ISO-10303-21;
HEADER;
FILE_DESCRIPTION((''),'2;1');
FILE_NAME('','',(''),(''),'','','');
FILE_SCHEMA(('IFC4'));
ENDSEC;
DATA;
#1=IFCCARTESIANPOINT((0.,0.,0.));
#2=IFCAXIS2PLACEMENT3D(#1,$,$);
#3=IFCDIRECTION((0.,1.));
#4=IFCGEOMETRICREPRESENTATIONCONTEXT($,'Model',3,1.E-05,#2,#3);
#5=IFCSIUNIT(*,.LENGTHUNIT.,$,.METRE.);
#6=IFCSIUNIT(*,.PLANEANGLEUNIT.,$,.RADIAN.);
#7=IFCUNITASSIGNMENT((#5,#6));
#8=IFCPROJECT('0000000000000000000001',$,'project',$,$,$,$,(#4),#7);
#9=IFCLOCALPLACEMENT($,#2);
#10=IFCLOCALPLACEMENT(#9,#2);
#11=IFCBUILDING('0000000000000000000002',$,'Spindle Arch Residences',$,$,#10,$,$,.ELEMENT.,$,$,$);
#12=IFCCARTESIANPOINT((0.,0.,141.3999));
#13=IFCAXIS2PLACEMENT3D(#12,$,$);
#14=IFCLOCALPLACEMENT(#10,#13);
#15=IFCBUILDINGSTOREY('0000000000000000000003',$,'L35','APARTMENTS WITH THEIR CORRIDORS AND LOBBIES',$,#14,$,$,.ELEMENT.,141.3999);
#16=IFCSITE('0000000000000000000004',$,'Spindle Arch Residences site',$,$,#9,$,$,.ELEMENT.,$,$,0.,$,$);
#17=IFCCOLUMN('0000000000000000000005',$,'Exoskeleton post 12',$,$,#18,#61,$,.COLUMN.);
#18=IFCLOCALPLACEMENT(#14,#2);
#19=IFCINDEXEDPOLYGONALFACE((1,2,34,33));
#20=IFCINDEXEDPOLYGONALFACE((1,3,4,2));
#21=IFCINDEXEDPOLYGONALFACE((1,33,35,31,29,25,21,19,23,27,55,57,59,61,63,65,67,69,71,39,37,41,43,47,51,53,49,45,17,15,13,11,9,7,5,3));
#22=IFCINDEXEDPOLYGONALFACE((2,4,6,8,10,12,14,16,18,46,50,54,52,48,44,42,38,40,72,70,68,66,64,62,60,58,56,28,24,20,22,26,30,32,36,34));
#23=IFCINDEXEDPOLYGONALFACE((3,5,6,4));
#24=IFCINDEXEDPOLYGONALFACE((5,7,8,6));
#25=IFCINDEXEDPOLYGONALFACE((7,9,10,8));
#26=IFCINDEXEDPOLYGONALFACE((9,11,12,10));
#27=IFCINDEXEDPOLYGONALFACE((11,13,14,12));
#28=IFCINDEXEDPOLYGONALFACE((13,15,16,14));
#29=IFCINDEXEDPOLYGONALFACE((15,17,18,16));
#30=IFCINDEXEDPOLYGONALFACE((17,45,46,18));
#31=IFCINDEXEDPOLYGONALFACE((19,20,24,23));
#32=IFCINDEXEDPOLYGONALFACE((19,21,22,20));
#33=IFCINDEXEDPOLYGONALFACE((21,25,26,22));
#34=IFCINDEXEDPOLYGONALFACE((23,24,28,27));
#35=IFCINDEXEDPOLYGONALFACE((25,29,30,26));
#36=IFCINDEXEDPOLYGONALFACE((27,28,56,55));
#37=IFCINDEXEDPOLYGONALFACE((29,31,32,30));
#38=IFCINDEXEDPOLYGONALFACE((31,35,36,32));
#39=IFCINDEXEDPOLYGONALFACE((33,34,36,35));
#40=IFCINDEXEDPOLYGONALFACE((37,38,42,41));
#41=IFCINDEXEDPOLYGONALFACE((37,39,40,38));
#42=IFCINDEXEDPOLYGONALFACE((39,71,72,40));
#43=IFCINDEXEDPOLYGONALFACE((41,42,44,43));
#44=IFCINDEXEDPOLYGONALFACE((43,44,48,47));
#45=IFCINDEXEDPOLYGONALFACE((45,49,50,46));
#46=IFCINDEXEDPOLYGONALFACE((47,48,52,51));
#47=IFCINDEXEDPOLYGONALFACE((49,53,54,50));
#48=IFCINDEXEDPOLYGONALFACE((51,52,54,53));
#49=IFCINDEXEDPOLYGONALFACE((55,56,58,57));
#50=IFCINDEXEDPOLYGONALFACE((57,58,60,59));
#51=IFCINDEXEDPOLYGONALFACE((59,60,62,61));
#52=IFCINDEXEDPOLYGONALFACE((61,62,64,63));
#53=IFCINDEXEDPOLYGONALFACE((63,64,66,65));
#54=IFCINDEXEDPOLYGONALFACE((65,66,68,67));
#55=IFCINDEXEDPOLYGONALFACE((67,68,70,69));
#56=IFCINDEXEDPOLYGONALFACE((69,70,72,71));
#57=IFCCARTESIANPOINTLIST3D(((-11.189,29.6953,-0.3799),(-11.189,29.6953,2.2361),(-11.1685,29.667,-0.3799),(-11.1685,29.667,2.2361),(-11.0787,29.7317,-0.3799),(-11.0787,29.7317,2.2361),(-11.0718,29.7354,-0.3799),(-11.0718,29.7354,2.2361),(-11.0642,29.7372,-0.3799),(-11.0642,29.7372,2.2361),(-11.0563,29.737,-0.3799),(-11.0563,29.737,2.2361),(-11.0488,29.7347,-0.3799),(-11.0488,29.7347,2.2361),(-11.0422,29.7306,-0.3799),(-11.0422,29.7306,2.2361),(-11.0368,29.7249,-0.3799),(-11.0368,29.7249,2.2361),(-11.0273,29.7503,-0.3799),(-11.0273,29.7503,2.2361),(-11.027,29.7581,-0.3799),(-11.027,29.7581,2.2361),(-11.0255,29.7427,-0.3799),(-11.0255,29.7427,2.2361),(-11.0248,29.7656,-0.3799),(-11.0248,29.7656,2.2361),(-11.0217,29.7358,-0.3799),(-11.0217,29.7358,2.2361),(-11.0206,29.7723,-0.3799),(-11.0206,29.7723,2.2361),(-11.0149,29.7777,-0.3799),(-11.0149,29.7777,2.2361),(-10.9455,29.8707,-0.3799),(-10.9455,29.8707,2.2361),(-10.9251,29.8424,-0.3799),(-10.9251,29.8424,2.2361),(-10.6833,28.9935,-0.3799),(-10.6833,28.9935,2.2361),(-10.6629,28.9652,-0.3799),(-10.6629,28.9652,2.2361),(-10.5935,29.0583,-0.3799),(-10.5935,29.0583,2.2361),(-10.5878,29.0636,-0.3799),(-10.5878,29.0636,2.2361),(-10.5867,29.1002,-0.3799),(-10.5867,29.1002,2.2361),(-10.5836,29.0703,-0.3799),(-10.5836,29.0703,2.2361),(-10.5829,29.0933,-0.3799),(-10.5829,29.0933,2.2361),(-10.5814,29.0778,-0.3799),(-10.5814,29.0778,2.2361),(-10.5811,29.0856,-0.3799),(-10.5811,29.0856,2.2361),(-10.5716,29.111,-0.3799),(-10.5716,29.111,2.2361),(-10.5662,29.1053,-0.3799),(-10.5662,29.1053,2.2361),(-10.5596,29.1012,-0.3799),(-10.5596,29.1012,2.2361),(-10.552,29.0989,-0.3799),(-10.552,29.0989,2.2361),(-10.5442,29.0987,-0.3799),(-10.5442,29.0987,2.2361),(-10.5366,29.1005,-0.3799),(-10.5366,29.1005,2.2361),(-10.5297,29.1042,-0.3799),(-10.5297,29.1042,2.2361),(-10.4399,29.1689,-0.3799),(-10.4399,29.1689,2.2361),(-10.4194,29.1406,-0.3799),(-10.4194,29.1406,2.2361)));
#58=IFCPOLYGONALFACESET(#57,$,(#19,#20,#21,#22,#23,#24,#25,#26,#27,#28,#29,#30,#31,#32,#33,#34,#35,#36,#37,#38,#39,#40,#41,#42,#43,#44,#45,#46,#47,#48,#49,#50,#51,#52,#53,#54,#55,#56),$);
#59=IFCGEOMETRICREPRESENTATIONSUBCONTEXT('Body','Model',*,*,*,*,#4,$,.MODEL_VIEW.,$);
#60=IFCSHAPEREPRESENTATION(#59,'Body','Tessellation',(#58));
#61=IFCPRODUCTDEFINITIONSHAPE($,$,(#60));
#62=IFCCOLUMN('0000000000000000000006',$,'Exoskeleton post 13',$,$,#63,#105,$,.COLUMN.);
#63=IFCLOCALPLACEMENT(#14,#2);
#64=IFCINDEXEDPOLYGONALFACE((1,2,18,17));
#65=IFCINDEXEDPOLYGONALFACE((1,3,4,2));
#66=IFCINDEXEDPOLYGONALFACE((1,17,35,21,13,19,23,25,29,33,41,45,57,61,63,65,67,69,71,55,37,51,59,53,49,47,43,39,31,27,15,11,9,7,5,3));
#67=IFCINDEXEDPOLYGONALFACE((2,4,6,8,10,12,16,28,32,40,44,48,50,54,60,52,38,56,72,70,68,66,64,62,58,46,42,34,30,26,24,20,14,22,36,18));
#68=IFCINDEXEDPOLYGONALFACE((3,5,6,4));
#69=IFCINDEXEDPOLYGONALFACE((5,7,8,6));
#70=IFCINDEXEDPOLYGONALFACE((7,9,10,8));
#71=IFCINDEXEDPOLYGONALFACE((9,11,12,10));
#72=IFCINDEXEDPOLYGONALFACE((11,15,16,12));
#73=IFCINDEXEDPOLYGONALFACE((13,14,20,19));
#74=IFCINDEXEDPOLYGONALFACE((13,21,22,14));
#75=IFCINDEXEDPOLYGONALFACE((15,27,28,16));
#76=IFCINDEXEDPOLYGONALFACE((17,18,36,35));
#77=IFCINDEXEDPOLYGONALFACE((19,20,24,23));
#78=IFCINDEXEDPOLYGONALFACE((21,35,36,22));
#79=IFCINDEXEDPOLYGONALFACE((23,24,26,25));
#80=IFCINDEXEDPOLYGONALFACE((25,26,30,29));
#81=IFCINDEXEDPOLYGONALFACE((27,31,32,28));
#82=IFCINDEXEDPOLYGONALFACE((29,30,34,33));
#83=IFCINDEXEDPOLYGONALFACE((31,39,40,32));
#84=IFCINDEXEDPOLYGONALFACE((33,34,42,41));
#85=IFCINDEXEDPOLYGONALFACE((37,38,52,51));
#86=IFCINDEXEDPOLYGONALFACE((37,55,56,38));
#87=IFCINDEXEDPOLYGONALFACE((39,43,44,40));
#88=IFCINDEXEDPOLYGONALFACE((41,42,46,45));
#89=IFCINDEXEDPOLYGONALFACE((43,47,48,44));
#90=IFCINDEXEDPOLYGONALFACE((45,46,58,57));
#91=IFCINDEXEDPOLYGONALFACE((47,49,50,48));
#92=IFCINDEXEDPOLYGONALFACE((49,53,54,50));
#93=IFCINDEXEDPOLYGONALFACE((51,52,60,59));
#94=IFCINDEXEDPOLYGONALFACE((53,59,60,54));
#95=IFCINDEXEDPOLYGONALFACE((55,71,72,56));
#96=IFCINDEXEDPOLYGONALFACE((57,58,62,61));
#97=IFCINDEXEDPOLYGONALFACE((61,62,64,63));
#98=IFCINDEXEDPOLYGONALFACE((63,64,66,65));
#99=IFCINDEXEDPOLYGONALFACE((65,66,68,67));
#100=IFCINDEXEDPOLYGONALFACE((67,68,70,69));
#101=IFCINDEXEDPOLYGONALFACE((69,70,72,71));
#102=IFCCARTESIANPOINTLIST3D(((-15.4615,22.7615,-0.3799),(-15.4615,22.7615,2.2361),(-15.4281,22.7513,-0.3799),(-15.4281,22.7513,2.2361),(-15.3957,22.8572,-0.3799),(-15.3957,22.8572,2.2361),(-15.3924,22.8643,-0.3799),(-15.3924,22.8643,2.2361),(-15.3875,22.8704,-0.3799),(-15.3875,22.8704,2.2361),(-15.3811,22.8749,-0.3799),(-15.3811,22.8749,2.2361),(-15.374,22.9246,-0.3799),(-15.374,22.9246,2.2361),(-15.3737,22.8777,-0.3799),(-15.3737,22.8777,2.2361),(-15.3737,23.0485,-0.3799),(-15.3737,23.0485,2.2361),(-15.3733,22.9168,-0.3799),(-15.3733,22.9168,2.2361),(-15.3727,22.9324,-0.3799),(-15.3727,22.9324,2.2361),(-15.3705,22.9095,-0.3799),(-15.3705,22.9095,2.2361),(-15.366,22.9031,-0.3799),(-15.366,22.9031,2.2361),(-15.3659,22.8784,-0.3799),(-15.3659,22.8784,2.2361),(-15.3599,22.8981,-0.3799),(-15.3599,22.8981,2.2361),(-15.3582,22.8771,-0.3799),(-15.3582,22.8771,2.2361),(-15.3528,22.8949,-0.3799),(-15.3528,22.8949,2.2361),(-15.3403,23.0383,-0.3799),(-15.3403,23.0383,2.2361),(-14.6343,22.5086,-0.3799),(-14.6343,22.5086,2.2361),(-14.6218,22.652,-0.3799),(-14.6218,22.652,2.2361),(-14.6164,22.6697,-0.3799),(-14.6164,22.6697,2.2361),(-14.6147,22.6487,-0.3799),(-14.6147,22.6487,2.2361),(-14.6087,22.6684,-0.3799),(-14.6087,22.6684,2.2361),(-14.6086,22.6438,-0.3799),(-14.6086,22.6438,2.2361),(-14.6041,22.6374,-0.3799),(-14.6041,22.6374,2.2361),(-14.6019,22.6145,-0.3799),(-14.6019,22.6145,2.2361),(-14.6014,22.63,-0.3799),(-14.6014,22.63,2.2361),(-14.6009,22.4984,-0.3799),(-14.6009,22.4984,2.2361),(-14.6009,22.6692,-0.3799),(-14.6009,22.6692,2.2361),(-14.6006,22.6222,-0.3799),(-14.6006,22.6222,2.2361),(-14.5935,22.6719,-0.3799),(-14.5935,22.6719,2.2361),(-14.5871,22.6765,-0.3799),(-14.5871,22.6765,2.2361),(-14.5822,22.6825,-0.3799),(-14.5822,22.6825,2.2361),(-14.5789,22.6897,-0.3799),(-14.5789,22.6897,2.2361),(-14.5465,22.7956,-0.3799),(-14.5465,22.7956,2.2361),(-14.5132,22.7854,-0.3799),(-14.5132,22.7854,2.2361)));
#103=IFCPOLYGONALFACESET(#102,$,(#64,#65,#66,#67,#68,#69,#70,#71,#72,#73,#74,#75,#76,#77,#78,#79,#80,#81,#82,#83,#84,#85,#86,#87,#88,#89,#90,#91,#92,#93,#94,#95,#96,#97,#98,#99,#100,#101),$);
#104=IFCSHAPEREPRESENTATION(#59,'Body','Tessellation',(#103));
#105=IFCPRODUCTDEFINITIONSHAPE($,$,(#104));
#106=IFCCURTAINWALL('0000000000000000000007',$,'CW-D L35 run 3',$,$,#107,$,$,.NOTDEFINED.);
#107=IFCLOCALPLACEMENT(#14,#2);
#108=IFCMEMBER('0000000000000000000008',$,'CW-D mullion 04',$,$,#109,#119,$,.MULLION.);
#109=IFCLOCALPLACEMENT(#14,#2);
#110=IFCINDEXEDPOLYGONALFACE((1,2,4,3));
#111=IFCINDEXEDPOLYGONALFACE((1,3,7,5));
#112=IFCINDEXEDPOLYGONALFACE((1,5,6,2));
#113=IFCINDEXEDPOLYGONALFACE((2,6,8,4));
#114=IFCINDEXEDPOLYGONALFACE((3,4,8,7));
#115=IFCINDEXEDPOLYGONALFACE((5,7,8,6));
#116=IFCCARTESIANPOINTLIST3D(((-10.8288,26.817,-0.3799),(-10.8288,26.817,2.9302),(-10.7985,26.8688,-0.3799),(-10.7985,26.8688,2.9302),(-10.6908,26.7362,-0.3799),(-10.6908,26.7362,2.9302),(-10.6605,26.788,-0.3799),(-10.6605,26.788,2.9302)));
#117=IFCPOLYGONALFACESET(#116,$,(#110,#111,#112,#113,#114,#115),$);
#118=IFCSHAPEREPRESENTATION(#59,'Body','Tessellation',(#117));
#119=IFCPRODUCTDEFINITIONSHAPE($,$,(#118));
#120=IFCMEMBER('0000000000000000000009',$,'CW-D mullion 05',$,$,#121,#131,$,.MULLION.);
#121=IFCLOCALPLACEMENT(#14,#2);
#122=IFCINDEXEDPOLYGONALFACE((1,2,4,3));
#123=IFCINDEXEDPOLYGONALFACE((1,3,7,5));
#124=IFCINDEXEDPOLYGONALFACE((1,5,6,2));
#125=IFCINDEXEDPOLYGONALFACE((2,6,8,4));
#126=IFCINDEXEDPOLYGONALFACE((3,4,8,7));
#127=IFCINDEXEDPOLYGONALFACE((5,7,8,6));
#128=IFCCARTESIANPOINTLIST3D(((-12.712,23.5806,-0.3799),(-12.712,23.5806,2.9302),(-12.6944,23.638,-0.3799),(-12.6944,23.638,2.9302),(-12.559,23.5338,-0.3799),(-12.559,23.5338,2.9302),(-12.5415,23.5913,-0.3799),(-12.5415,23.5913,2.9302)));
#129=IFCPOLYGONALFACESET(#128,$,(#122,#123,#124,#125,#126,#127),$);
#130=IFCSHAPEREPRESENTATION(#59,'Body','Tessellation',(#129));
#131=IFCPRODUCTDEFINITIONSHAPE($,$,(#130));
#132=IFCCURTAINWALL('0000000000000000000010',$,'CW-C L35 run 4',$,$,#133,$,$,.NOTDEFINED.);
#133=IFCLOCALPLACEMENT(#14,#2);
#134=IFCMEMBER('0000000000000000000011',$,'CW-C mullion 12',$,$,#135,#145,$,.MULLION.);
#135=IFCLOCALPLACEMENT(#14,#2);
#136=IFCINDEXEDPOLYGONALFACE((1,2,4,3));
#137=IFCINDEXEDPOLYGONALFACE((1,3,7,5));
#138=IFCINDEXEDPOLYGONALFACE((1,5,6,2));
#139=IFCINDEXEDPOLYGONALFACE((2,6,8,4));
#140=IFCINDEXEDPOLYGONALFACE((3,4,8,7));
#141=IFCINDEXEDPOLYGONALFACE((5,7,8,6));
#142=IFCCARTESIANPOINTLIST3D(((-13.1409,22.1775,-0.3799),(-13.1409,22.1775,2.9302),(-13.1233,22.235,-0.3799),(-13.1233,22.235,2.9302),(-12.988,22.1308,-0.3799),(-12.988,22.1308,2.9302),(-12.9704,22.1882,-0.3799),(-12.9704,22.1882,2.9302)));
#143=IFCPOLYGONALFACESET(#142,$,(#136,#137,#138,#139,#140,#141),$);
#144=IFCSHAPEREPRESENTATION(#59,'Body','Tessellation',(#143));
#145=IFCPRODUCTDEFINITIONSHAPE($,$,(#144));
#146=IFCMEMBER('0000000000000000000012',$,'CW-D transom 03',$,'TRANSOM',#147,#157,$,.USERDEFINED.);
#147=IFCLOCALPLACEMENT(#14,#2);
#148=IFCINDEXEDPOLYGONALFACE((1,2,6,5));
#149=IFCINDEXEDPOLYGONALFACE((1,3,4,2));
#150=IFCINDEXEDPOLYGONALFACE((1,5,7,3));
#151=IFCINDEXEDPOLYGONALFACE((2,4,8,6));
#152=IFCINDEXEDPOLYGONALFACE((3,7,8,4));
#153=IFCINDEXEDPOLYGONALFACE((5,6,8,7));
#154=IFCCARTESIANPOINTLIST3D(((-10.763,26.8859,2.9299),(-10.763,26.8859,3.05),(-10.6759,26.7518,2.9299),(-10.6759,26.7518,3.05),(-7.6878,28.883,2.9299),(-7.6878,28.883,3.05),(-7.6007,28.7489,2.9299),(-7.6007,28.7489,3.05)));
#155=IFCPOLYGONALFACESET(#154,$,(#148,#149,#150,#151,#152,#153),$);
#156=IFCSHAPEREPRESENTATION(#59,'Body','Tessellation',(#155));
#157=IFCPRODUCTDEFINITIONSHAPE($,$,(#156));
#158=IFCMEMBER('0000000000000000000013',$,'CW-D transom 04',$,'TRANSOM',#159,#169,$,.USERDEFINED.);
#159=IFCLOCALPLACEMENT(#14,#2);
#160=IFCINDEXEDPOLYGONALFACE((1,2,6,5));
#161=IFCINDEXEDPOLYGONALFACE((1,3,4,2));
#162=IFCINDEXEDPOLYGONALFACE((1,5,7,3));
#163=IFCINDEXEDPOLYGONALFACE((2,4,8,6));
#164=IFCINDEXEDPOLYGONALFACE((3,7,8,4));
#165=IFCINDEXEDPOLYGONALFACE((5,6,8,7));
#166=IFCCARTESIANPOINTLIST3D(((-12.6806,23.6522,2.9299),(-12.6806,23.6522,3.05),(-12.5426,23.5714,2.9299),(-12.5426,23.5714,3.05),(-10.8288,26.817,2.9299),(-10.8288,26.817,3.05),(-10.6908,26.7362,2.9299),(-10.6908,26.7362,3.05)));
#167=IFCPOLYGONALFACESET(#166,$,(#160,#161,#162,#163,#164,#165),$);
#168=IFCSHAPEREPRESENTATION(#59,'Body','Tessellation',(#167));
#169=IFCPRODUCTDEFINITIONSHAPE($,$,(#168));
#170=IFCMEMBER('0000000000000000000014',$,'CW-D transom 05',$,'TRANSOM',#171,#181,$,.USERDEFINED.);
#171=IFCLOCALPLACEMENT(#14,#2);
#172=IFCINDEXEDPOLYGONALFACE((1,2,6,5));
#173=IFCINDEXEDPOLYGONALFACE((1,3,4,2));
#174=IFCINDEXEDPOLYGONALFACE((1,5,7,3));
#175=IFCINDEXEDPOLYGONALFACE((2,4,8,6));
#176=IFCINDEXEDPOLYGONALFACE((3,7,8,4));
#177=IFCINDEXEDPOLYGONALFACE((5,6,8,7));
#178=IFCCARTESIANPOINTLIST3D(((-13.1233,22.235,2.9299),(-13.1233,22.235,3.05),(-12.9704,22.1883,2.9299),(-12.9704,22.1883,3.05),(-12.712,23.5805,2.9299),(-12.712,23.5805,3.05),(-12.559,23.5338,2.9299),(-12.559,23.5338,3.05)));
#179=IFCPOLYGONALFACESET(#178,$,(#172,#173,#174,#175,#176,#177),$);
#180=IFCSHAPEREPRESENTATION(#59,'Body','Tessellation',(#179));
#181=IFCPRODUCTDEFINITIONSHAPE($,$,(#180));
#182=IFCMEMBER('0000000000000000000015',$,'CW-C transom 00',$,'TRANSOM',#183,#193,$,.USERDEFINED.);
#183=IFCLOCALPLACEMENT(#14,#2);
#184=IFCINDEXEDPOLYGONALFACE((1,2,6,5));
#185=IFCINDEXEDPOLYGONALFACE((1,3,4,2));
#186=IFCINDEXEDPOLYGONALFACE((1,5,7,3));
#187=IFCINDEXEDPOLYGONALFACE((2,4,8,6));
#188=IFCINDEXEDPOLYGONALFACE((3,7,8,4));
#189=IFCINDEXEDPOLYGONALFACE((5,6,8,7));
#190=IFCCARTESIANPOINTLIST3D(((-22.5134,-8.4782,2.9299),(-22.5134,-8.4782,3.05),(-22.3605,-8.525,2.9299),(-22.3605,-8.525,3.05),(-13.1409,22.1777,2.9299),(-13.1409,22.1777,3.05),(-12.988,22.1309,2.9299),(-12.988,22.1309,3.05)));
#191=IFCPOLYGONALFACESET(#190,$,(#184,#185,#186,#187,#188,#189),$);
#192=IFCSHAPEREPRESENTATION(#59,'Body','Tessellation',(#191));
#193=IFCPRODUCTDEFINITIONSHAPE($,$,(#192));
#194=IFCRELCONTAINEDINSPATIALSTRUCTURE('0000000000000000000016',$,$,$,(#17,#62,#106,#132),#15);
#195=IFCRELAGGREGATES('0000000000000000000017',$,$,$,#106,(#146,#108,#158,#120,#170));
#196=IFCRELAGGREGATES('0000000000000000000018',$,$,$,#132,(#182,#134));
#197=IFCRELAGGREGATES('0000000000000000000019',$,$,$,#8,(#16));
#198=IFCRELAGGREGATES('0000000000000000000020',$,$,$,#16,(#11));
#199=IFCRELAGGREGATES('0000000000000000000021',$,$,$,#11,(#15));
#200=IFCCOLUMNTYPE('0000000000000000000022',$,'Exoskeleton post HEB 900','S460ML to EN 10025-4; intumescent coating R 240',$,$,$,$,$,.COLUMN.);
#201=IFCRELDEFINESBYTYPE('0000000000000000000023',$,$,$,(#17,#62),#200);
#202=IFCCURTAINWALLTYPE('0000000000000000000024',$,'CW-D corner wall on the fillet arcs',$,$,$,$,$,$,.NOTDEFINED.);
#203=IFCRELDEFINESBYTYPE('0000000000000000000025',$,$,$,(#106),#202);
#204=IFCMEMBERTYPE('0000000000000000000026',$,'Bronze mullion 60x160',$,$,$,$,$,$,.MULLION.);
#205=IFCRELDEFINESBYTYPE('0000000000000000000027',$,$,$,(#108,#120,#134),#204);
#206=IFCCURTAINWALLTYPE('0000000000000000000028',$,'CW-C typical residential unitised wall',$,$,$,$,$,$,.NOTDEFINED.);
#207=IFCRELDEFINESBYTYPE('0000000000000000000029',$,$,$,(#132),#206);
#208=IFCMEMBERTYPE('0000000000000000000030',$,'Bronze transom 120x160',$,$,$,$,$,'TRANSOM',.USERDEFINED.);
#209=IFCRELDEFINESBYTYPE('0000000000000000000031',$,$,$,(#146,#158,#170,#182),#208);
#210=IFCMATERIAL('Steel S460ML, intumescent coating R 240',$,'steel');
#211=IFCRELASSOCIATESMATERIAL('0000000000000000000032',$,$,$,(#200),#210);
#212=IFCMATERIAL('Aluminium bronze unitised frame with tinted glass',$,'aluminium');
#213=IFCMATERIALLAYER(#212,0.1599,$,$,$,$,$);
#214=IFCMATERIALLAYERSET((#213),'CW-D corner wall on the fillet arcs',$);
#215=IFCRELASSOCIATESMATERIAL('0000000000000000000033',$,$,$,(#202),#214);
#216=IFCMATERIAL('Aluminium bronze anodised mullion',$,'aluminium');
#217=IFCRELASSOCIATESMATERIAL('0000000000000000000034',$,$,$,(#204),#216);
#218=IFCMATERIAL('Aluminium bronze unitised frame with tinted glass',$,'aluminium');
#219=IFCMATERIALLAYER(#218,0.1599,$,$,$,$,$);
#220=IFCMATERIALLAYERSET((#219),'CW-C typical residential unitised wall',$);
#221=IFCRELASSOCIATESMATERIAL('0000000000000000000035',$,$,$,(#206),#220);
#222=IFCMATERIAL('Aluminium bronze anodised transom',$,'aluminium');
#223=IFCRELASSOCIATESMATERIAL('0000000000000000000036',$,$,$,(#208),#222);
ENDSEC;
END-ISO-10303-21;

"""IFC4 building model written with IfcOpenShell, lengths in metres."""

from ifc_helpers import new_model, si_unit, direction, frame, origin, origin_2d, place, context, subcontext, project, spatial, rectangle, i_section, extrude, material, layer, layer_set, material_profile, profile_set, type_object, element, aggregate, save


model = new_model("IFC4")

# Units and contexts
model_context = context("Model", 3, precision=1e-05, world=origin(), true_north=direction((0.0, 1.0)))
body_context = subcontext(model_context, "Body", "Model", "MODEL_VIEW")
ifc_project = project(units=[si_unit("LENGTHUNIT", "METRE"), si_unit("PLANEANGLEUNIT", "RADIAN")], contexts=[model_context])

# Site, building, storey
site_placement = place(None, origin())
site = spatial("IfcSite", under=ifc_project, at=site_placement, Name="Spindle Arch Residences site", CompositionType="ELEMENT", RefElevation=0.0)
building_placement = place(site_placement, origin())
building = spatial("IfcBuilding", under=site, at=building_placement, Name="Spindle Arch Residences", CompositionType="ELEMENT")
storey_placement = place(building_placement, frame((0.0, 0.0, 141.3999)))
storey = spatial("IfcBuildingStorey", under=building, at=storey_placement, Name="L35", Description="APARTMENTS WITH THEIR CORRIDORS AND LOBBIES", CompositionType="ELEMENT", Elevation=141.3999)

# Columns
ifc_material_1 = material(Name="Steel S460ML, intumescent coating R 240", Category="steel")
ifc_material_profile_1 = material_profile(ifc_material_1, i_section(OverallWidth=0.3, OverallDepth=0.8999, WebThickness=0.0186, FlangeThickness=0.0349, FilletRadius=0.03, at=origin_2d()), Name="HEB 900")
ifc_profile_set_1 = profile_set([ifc_material_profile_1], Name="Steel S460ML, intumescent coating R 240")
column_type = type_object("IfcColumnType", Name="Exoskeleton post HEB 900", Description="S460ML to EN 10025-4; intumescent coating R 240", PredefinedType="COLUMN", material=ifc_profile_set_1)
for number, where, z_axis, x_axis, name in (
    (1, (-10.8042, 29.418, -0.3799), (0.0, 0.0, 1.0), (0.811328, 0.584591, 0.0), "Exoskeleton post 12"),
    (2, (-14.9873, 22.7734, -0.3799), (0.0, 0.0, 1.0), (0.292372, 0.956305, 0.0), "Exoskeleton post 13"),
):
    element("IfcColumn", number, at=place(storey_placement, frame(where, z_axis=z_axis, x_axis=x_axis)), inside=storey, type_object=column_type, Name=name, PredefinedType="COLUMN", context=body_context, shape_type="SweptSolid", body=[
        extrude(i_section(OverallWidth=0.3, OverallDepth=0.8999, WebThickness=0.0186, FlangeThickness=0.0349, FilletRadius=0.03, at=origin_2d()), origin(), (0.0, 0.0, 1.0), 2.616),
    ])

# Curtain wall, members
ifc_material_2 = material(Name="Aluminium bronze unitised frame with tinted glass", Category="aluminium")
ifc_layer_1 = layer(ifc_material_2, 0.1599)
ifc_layer_set_1 = layer_set([ifc_layer_1], Name="CW-D corner wall on the fillet arcs")
curtain_wall_type_1 = type_object("IfcCurtainWallType", Name="CW-D corner wall on the fillet arcs", PredefinedType="NOTDEFINED", material=ifc_layer_set_1)
curtain_wall_1_placement = place(storey_placement, origin())
curtain_wall_1 = element("IfcCurtainWall", 3, at=curtain_wall_1_placement, inside=storey, type_object=curtain_wall_type_1, Name="CW-D L35 run 3", PredefinedType="NOTDEFINED")
ifc_material_3 = material(Name="Aluminium bronze anodised mullion", Category="aluminium")
ifc_material_profile_2 = material_profile(ifc_material_3, rectangle(XDim=0.1599, YDim=0.0601, at=origin_2d()), Name="MU 60x160")
ifc_profile_set_2 = profile_set([ifc_material_profile_2], Name="Aluminium bronze anodised mullion")
member_type_1 = type_object("IfcMemberType", Name="Bronze mullion 60x160", PredefinedType="MULLION", material=ifc_profile_set_2)
member_1_placement = place(storey_placement, frame((-10.7446, 26.8025, -0.3799), z_axis=(0.0, 0.0, 1.0), x_axis=(0.863102, -0.50503, 0.0)))
member_1 = element("IfcMember", 4, at=member_1_placement, type_object=member_type_1, Name="CW-D mullion 04", PredefinedType="MULLION", context=body_context, shape_type="SweptSolid", body=[
    extrude(rectangle(XDim=0.1599, YDim=0.0601, at=origin_2d()), origin(), (0.0, 0.0, 1.0), 3.3101),
])
member_2_placement = place(storey_placement, frame((-12.6267, 23.5859, -0.3799), z_axis=(0.0, 0.0, 1.0), x_axis=(0.956305, -0.292372, 0.0)))
member_2 = element("IfcMember", 5, at=member_2_placement, type_object=member_type_1, Name="CW-D mullion 05", PredefinedType="MULLION", context=body_context, shape_type="SweptSolid", body=[
    extrude(rectangle(XDim=0.1599, YDim=0.0601, at=origin_2d()), origin(), (0.0, 0.0, 1.0), 3.3101),
])

# Curtain wall, member
ifc_material_4 = material(Name="Aluminium bronze unitised frame with tinted glass", Category="aluminium")
ifc_layer_2 = layer(ifc_material_4, 0.1599)
ifc_layer_set_2 = layer_set([ifc_layer_2], Name="CW-C typical residential unitised wall")
curtain_wall_type_2 = type_object("IfcCurtainWallType", Name="CW-C typical residential unitised wall", PredefinedType="NOTDEFINED", material=ifc_layer_set_2)
curtain_wall_2_placement = place(storey_placement, origin())
curtain_wall_2 = element("IfcCurtainWall", 6, at=curtain_wall_2_placement, inside=storey, type_object=curtain_wall_type_2, Name="CW-C L35 run 4", PredefinedType="NOTDEFINED")
member_3_placement = place(storey_placement, frame((-13.0557, 22.1829, -0.3799), z_axis=(0.0, 0.0, 1.0), x_axis=(0.956305, -0.292372, 0.0)))
member_3 = element("IfcMember", 7, at=member_3_placement, type_object=member_type_1, Name="CW-C mullion 12", PredefinedType="MULLION", context=body_context, shape_type="SweptSolid", body=[
    extrude(rectangle(XDim=0.1599, YDim=0.0601, at=origin_2d()), origin(), (0.0, 0.0, 1.0), 3.3101),
])

# Members
ifc_material_5 = material(Name="Aluminium bronze anodised transom", Category="aluminium")
ifc_material_profile_3 = material_profile(ifc_material_5, rectangle(XDim=0.1599, YDim=0.1201, at=origin_2d()), Name="TR 120x160")
ifc_profile_set_3 = profile_set([ifc_material_profile_3], Name="Aluminium bronze anodised transom")
member_type_2 = type_object("IfcMemberType", Name="Bronze transom 120x160", ElementType="TRANSOM", PredefinedType="USERDEFINED", material=ifc_profile_set_3)
member_4_placement = place(storey_placement, frame((-7.6443, 28.8159, 2.99), z_axis=(-0.838669, -0.544642, 0.0), x_axis=(0.544642, -0.838669, 0.0)))
member_4 = element("IfcMember", 8, at=member_4_placement, type_object=member_type_2, Name="CW-D transom 03", ObjectType="TRANSOM", PredefinedType="USERDEFINED", context=body_context, shape_type="SweptSolid", body=[
    extrude(rectangle(XDim=0.1599, YDim=0.1201, at=origin_2d()), origin(), (0.0, 0.0, 1.0), 3.6667),
])
member_5_placement = place(storey_placement, frame((-10.7598, 26.7766, 2.99), z_axis=(-0.505026, -0.863104, 0.0), x_axis=(0.863104, -0.505026, 0.0)))
member_5 = element("IfcMember", 9, at=member_5_placement, type_object=member_type_2, Name="CW-D transom 04", ObjectType="TRANSOM", PredefinedType="USERDEFINED", context=body_context, shape_type="SweptSolid", body=[
    extrude(rectangle(XDim=0.1599, YDim=0.1201, at=origin_2d()), origin(), (0.0, 0.0, 1.0), 3.6667),
])
member_6_placement = place(storey_placement, frame((-12.6355, 23.5571, 2.99), z_axis=(-0.29239, -0.956299, 0.0), x_axis=(0.956299, -0.29239, 0.0)))
member_6 = element("IfcMember", 10, at=member_6_placement, type_object=member_type_2, Name="CW-D transom 05", ObjectType="TRANSOM", PredefinedType="USERDEFINED", context=body_context, shape_type="SweptSolid", body=[
    extrude(rectangle(XDim=0.1599, YDim=0.1201, at=origin_2d()), origin(), (0.0, 0.0, 1.0), 1.407),
])
member_7_placement = place(storey_placement, frame((-13.0645, 22.1543, 2.99), z_axis=(-0.292374, -0.956304, 0.0), x_axis=(0.956304, -0.292374, 0.0)))
member_7 = element("IfcMember", 11, at=member_7_placement, type_object=member_type_2, Name="CW-C transom 00", ObjectType="TRANSOM", PredefinedType="USERDEFINED", context=body_context, shape_type="SweptSolid", body=[
    extrude(rectangle(XDim=0.1599, YDim=0.1201, at=origin_2d()), origin(), (0.0, 0.0, 1.0), 32.0566),
])

aggregate(curtain_wall_1, [member_4, member_1, member_5, member_2, member_6])
aggregate(curtain_wall_2, [member_7, member_3])

save(model, "model.ifc")
